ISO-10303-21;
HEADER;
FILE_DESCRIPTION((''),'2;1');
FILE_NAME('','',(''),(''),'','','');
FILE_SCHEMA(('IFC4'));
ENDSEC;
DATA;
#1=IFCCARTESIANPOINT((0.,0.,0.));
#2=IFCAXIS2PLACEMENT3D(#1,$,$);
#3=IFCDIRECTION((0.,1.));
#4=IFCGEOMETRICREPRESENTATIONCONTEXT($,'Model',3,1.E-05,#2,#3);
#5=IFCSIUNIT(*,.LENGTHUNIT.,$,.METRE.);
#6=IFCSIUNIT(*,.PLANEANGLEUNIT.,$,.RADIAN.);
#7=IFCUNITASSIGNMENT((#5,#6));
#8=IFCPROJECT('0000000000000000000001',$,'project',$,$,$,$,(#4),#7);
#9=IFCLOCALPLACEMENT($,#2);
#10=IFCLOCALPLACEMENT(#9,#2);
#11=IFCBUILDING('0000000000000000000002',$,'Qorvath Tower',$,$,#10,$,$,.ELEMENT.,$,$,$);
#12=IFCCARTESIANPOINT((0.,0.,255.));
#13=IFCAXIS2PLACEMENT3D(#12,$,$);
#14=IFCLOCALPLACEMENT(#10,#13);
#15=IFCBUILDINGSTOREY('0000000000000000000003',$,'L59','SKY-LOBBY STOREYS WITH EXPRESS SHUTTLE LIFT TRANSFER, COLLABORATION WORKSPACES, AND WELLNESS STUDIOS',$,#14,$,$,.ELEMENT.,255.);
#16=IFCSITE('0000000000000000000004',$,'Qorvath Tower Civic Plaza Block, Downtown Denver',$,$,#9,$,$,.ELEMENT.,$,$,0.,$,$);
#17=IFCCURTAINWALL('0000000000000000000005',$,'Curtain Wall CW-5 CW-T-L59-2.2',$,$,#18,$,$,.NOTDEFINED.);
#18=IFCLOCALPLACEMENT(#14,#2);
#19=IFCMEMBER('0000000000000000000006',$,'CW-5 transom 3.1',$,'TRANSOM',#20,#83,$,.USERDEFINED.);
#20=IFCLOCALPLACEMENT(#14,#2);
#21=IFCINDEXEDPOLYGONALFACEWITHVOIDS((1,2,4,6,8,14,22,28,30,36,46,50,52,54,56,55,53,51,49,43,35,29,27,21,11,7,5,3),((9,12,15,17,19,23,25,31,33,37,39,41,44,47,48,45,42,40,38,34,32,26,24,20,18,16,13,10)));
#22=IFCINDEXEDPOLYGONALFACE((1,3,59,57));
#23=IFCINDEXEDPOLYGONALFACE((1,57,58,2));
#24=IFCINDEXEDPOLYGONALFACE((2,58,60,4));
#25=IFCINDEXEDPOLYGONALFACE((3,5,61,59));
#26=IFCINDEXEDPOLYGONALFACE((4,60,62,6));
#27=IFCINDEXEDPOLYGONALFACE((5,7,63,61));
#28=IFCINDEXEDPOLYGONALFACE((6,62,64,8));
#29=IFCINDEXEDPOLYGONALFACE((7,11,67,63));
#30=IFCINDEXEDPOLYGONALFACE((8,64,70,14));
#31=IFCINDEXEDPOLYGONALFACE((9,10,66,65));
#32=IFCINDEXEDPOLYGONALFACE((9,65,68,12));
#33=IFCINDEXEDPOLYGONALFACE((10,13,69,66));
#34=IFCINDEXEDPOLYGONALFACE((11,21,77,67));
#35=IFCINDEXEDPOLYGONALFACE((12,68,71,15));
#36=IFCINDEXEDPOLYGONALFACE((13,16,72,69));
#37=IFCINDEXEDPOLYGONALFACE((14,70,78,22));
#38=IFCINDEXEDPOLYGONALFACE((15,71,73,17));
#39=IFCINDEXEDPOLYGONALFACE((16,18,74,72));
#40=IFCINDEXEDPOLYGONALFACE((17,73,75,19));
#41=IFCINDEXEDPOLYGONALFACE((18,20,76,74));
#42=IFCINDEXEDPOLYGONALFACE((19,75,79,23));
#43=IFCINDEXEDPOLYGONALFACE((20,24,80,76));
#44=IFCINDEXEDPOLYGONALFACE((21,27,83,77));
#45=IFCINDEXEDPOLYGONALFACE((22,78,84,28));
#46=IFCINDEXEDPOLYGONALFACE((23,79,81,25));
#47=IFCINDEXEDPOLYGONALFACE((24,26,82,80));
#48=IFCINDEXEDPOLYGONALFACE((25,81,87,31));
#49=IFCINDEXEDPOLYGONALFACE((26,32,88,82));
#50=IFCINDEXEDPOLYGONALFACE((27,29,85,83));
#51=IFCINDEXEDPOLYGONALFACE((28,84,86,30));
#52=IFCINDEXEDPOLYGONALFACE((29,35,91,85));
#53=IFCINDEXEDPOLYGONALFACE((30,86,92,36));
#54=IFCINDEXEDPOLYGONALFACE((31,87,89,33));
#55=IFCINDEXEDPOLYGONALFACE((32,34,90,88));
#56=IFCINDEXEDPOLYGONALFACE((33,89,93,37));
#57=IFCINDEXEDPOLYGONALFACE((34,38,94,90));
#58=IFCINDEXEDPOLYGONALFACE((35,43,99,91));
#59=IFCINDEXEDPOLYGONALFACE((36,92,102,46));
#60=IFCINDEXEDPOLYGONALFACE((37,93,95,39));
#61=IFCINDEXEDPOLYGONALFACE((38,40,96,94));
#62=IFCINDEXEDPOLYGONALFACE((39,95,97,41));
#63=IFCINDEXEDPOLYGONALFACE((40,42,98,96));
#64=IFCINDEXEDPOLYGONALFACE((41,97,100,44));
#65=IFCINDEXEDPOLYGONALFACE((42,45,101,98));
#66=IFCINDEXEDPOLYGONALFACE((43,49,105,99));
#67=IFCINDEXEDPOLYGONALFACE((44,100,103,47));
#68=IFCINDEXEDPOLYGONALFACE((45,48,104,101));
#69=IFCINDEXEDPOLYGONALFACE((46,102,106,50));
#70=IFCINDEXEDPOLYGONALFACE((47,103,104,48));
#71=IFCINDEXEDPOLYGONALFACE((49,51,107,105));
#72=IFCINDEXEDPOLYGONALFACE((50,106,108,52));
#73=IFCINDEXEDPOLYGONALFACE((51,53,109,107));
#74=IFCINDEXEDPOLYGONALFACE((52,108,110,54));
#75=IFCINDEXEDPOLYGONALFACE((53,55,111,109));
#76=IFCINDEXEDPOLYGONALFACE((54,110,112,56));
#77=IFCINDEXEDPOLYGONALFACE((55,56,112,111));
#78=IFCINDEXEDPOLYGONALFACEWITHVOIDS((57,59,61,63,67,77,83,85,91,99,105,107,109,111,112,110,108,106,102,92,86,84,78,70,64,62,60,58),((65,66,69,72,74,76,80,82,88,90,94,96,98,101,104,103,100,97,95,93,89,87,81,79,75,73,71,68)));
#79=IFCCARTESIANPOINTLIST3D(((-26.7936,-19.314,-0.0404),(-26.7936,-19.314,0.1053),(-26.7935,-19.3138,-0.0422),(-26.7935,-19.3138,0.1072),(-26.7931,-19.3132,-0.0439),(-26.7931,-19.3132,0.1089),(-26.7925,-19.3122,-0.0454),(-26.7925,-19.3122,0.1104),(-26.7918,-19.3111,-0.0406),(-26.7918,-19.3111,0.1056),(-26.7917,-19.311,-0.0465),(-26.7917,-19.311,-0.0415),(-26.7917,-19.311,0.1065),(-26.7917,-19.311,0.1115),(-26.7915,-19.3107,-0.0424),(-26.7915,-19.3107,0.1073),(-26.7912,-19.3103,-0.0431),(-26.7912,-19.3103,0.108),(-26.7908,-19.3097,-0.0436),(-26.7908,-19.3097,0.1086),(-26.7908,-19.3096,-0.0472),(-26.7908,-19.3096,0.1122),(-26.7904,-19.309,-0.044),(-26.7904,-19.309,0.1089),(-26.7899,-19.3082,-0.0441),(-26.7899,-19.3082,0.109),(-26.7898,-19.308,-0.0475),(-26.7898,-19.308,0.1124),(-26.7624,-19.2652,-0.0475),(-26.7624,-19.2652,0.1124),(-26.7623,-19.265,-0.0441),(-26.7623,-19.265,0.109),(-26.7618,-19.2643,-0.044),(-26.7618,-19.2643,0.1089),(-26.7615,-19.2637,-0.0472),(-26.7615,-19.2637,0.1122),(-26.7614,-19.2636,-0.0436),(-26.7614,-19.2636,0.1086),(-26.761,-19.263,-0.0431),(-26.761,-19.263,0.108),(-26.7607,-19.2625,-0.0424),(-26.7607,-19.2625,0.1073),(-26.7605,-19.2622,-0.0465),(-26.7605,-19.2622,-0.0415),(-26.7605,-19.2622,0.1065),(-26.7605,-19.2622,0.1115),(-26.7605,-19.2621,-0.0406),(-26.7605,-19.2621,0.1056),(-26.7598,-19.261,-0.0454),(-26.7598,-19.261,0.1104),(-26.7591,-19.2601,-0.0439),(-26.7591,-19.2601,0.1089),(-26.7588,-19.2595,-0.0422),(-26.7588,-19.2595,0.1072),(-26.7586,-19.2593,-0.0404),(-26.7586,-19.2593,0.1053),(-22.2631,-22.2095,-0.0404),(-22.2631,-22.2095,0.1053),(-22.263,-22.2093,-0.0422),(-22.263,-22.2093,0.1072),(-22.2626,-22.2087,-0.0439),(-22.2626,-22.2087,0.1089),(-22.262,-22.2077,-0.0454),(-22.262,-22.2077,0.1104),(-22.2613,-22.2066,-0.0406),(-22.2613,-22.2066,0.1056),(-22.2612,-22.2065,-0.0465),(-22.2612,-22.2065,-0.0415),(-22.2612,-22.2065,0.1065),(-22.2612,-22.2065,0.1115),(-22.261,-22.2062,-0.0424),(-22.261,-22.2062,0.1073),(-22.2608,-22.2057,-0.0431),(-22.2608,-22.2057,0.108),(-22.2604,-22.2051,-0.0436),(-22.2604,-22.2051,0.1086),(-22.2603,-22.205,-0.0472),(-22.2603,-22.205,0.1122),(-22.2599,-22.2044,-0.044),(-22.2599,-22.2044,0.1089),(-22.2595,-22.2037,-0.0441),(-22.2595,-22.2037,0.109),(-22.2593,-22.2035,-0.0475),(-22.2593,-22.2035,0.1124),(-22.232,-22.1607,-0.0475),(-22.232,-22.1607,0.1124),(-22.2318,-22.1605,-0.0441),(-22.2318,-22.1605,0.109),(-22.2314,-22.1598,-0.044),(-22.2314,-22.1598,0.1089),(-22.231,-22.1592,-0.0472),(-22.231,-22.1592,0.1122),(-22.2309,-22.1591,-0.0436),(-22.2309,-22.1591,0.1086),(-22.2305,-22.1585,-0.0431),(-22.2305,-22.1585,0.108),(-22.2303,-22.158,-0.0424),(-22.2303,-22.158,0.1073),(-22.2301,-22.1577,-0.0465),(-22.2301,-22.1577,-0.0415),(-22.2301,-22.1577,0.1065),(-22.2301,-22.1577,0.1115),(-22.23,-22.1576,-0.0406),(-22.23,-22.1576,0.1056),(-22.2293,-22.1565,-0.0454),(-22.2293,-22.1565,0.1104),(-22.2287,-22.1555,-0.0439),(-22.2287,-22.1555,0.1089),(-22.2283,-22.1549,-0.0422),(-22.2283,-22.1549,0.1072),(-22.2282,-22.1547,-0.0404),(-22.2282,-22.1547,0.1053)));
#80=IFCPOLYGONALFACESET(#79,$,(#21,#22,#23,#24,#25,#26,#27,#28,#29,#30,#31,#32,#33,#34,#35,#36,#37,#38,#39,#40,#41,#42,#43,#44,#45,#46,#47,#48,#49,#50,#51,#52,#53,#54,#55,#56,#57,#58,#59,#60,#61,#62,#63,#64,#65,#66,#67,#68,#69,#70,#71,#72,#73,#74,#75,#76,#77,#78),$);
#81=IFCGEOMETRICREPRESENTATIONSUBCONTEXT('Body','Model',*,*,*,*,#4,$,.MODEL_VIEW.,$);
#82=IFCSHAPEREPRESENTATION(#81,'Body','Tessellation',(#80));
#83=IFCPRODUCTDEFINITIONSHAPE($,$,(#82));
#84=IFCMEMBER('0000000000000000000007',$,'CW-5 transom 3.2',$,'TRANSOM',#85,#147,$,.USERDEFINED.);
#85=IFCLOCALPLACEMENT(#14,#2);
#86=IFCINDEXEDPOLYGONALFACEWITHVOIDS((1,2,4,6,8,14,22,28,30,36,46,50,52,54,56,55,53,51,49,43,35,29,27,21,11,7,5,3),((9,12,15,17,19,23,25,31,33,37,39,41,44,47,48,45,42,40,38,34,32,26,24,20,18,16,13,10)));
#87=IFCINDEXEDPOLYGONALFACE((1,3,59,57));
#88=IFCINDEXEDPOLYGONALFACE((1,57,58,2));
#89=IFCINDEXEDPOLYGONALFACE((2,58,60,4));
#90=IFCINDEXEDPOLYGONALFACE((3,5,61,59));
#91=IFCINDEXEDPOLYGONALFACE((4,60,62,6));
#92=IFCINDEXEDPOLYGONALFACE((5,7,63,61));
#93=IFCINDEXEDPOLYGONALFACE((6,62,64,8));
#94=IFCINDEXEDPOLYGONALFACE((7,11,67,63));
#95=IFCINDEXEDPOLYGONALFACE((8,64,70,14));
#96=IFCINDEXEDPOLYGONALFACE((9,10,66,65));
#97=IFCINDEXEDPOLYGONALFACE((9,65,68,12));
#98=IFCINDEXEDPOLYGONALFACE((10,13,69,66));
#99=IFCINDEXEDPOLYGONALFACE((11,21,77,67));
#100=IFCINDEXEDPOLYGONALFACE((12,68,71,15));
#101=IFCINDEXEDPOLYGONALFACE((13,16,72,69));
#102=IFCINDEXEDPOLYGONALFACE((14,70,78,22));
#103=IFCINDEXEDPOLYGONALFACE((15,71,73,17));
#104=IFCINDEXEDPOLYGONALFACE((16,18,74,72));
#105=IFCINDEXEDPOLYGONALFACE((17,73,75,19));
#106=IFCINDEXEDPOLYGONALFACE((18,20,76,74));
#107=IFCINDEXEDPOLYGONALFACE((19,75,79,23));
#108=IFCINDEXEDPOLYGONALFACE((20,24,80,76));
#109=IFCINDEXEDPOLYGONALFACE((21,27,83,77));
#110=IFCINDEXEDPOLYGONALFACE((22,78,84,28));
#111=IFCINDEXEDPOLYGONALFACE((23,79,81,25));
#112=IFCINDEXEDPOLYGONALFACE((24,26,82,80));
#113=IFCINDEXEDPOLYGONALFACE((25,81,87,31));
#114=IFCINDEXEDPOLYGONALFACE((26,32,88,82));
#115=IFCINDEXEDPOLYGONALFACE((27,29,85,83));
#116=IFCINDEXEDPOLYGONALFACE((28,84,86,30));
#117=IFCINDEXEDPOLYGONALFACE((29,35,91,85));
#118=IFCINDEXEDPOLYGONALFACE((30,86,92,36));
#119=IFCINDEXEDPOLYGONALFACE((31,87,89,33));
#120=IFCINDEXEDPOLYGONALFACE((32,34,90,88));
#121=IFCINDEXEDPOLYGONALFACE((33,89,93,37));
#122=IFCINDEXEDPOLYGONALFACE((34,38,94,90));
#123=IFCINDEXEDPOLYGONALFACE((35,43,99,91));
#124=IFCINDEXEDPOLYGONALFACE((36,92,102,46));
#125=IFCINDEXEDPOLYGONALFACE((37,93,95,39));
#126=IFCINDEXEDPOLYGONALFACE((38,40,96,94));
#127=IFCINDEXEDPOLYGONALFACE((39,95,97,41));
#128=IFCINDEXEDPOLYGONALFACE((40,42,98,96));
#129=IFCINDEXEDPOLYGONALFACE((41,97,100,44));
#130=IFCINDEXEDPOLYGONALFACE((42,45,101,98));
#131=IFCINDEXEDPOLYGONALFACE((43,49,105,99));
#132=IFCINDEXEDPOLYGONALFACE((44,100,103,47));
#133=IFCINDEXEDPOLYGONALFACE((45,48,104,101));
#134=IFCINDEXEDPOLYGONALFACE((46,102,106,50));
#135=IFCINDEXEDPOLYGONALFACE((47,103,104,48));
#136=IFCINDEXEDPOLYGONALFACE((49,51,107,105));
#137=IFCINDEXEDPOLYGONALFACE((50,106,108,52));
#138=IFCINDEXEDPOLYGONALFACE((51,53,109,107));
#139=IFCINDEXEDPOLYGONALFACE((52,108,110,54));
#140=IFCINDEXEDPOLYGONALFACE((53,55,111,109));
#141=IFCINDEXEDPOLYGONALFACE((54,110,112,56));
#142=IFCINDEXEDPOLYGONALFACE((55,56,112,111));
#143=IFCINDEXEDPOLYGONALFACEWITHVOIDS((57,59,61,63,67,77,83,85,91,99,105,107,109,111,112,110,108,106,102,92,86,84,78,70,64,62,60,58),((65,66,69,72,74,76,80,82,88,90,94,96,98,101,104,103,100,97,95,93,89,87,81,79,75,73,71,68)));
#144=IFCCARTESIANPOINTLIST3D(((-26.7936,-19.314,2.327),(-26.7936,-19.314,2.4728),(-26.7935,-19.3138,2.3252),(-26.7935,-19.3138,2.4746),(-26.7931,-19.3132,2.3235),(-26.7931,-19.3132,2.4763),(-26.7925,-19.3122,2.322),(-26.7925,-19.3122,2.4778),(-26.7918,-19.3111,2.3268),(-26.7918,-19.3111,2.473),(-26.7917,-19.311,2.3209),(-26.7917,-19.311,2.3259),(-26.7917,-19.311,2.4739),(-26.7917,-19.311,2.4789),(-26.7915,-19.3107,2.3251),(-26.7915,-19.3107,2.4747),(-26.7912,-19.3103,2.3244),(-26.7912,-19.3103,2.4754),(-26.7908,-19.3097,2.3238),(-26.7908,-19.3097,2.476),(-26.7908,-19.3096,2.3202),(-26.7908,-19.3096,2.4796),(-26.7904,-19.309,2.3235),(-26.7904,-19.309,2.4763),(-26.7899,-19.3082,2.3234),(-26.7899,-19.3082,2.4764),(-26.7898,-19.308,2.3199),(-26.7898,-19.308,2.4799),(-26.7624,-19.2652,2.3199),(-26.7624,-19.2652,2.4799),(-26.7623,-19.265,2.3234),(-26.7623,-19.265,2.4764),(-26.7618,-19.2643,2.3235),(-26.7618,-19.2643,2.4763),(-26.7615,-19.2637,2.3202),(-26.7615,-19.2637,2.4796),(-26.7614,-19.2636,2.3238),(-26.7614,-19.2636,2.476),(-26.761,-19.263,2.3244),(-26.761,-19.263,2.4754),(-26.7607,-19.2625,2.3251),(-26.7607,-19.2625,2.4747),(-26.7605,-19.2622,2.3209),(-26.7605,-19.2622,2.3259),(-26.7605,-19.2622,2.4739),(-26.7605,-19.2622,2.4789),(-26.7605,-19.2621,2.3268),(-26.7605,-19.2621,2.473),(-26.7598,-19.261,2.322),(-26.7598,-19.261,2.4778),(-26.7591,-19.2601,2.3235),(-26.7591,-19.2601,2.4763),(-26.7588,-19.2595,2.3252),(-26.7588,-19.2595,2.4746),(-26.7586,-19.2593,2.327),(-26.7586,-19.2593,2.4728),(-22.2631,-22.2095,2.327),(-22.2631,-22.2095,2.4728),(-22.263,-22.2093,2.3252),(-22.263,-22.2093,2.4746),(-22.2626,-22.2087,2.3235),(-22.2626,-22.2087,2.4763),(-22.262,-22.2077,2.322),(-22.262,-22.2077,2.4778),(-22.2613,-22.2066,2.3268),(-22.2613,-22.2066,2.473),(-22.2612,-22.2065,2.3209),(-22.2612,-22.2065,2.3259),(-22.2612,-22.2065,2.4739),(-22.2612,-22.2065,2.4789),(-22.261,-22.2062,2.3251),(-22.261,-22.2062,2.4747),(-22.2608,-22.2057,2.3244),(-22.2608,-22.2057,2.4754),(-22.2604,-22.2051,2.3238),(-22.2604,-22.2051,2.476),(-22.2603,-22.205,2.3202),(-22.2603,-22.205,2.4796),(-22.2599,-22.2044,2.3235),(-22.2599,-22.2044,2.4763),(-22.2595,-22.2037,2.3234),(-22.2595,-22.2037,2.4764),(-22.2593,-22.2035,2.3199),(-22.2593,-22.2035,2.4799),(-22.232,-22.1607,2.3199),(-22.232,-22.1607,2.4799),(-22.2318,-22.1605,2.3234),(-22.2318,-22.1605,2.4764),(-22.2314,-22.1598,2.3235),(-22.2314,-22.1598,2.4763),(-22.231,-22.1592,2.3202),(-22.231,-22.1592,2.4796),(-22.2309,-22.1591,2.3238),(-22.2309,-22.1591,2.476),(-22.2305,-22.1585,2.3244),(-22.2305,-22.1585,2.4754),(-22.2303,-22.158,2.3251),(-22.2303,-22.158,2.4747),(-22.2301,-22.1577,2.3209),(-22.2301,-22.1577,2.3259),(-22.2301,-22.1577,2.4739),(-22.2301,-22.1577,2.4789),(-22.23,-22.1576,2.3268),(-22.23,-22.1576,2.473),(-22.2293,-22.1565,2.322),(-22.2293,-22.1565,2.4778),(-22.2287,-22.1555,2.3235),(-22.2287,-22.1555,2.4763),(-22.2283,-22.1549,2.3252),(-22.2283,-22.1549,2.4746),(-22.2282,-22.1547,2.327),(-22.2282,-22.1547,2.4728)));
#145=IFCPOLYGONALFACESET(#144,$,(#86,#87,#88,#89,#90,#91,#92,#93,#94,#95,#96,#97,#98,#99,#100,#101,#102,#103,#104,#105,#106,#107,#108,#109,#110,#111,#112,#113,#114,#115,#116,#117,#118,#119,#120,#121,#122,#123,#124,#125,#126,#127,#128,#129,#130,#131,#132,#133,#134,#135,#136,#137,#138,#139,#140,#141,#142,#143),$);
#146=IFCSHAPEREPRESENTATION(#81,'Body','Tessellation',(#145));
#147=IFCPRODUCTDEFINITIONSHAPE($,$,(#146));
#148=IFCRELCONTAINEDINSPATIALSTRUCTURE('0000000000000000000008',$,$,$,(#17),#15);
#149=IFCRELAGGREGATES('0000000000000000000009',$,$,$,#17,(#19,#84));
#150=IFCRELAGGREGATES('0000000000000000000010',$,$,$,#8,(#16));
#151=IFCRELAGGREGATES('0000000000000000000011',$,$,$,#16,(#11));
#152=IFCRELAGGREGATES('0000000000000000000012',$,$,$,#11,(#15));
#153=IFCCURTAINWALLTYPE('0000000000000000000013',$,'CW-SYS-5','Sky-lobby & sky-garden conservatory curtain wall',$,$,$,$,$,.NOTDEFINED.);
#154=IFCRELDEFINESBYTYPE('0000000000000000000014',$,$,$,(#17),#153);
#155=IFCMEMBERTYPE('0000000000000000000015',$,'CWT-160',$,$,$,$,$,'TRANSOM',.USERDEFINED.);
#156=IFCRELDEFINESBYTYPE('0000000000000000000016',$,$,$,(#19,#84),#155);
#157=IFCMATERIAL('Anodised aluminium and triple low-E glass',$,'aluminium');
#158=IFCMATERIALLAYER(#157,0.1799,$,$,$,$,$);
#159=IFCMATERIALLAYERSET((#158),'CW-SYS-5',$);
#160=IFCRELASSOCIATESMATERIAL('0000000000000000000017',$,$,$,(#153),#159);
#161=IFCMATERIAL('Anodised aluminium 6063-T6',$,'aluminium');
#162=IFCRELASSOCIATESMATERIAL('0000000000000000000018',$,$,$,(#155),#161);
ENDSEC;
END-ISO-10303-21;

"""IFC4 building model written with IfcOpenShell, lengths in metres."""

from ifc_helpers import new_model, si_unit, direction, frame, origin, origin_2d, place, context, subcontext, project, spatial, hollow_rectangle, extrude, material, layer, layer_set, material_profile, profile_set, type_object, element, aggregate, save


model = new_model("IFC4")

# Units and contexts
model_context = context("Model", 3, precision=1e-05, world=origin(), true_north=direction((0.0, 1.0)))
body_context = subcontext(model_context, "Body", "Model", "MODEL_VIEW")
ifc_project = project(units=[si_unit("LENGTHUNIT", "METRE"), si_unit("PLANEANGLEUNIT", "RADIAN")], contexts=[model_context])

# Site, building, storey
site_placement = place(None, origin())
site = spatial("IfcSite", under=ifc_project, at=site_placement, Name="Qorvath Tower Civic Plaza Block, Downtown Denver", CompositionType="ELEMENT", RefElevation=0.0)
building_placement = place(site_placement, origin())
building = spatial("IfcBuilding", under=site, at=building_placement, Name="Qorvath Tower", CompositionType="ELEMENT")
storey_placement = place(building_placement, frame((0.0, 0.0, 255.0)))
storey = spatial("IfcBuildingStorey", under=building, at=storey_placement, Name="L59", Description="SKY-LOBBY STOREYS WITH EXPRESS SHUTTLE LIFT TRANSFER, COLLABORATION WORKSPACES, AND WELLNESS STUDIOS", CompositionType="ELEMENT", Elevation=255.0)

# Curtain wall, members
ifc_material_1 = material(Name="Anodised aluminium and triple low-E glass", Category="aluminium")
ifc_layer_1 = layer(ifc_material_1, 0.1799)
ifc_layer_set_1 = layer_set([ifc_layer_1], Name="CW-SYS-5")
curtain_wall_type = type_object("IfcCurtainWallType", Name="CW-SYS-5", Description="Sky-lobby & sky-garden conservatory curtain wall", PredefinedType="NOTDEFINED", material=ifc_layer_set_1)
curtain_wall_placement = place(storey_placement, origin())
curtain_wall = element("IfcCurtainWall", 1, at=curtain_wall_placement, inside=storey, type_object=curtain_wall_type, Name="Curtain Wall CW-5 CW-T-L59-2.2", PredefinedType="NOTDEFINED")
ifc_material_2 = material(Name="Anodised aluminium 6063-T6", Category="aluminium")
ifc_material_profile_1 = material_profile(ifc_material_2, hollow_rectangle(XDim=0.0649, YDim=0.1599, WallThickness=0.0034, InnerFilletRadius=0.0034, OuterFilletRadius=0.0071, at=origin_2d()), Name="CWT 160x65")
ifc_profile_set_1 = profile_set([ifc_material_profile_1], Name="Anodised aluminium 6063-T6")
member_type_1 = type_object("IfcMemberType", Name="CWT-160", ElementType="TRANSOM", PredefinedType="USERDEFINED", material=ifc_profile_set_1)
member_1_placement = place(storey_placement, frame((-26.7761, -19.2866, 0.0325), z_axis=(0.842611, -0.538523, 0.0), x_axis=(0.538523, 0.842611, 0.0)))
member_1 = element("IfcMember", 2, at=member_1_placement, type_object=member_type_1, Name="CW-5 transom 3.1", ObjectType="TRANSOM", PredefinedType="USERDEFINED", context=body_context, shape_type="SweptSolid", body=[
    extrude(hollow_rectangle(XDim=0.0649, YDim=0.1599, WallThickness=0.0034, InnerFilletRadius=0.0034, OuterFilletRadius=0.0071, at=origin_2d()), origin(), (0.0, 0.0, 1.0), 5.3767),
])
member_2_placement = place(storey_placement, frame((-26.7761, -19.2866, 2.3999), z_axis=(0.842611, -0.538523, 0.0), x_axis=(0.538523, 0.842611, 0.0)))
member_2 = element("IfcMember", 3, at=member_2_placement, type_object=member_type_1, Name="CW-5 transom 3.2", ObjectType="TRANSOM", PredefinedType="USERDEFINED", context=body_context, shape_type="SweptSolid", body=[
    extrude(hollow_rectangle(XDim=0.0649, YDim=0.1599, WallThickness=0.0034, InnerFilletRadius=0.0034, OuterFilletRadius=0.0071, at=origin_2d()), origin(), (0.0, 0.0, 1.0), 5.3767),
])

aggregate(curtain_wall, [member_1, member_2])

save(model, "model.ifc")
